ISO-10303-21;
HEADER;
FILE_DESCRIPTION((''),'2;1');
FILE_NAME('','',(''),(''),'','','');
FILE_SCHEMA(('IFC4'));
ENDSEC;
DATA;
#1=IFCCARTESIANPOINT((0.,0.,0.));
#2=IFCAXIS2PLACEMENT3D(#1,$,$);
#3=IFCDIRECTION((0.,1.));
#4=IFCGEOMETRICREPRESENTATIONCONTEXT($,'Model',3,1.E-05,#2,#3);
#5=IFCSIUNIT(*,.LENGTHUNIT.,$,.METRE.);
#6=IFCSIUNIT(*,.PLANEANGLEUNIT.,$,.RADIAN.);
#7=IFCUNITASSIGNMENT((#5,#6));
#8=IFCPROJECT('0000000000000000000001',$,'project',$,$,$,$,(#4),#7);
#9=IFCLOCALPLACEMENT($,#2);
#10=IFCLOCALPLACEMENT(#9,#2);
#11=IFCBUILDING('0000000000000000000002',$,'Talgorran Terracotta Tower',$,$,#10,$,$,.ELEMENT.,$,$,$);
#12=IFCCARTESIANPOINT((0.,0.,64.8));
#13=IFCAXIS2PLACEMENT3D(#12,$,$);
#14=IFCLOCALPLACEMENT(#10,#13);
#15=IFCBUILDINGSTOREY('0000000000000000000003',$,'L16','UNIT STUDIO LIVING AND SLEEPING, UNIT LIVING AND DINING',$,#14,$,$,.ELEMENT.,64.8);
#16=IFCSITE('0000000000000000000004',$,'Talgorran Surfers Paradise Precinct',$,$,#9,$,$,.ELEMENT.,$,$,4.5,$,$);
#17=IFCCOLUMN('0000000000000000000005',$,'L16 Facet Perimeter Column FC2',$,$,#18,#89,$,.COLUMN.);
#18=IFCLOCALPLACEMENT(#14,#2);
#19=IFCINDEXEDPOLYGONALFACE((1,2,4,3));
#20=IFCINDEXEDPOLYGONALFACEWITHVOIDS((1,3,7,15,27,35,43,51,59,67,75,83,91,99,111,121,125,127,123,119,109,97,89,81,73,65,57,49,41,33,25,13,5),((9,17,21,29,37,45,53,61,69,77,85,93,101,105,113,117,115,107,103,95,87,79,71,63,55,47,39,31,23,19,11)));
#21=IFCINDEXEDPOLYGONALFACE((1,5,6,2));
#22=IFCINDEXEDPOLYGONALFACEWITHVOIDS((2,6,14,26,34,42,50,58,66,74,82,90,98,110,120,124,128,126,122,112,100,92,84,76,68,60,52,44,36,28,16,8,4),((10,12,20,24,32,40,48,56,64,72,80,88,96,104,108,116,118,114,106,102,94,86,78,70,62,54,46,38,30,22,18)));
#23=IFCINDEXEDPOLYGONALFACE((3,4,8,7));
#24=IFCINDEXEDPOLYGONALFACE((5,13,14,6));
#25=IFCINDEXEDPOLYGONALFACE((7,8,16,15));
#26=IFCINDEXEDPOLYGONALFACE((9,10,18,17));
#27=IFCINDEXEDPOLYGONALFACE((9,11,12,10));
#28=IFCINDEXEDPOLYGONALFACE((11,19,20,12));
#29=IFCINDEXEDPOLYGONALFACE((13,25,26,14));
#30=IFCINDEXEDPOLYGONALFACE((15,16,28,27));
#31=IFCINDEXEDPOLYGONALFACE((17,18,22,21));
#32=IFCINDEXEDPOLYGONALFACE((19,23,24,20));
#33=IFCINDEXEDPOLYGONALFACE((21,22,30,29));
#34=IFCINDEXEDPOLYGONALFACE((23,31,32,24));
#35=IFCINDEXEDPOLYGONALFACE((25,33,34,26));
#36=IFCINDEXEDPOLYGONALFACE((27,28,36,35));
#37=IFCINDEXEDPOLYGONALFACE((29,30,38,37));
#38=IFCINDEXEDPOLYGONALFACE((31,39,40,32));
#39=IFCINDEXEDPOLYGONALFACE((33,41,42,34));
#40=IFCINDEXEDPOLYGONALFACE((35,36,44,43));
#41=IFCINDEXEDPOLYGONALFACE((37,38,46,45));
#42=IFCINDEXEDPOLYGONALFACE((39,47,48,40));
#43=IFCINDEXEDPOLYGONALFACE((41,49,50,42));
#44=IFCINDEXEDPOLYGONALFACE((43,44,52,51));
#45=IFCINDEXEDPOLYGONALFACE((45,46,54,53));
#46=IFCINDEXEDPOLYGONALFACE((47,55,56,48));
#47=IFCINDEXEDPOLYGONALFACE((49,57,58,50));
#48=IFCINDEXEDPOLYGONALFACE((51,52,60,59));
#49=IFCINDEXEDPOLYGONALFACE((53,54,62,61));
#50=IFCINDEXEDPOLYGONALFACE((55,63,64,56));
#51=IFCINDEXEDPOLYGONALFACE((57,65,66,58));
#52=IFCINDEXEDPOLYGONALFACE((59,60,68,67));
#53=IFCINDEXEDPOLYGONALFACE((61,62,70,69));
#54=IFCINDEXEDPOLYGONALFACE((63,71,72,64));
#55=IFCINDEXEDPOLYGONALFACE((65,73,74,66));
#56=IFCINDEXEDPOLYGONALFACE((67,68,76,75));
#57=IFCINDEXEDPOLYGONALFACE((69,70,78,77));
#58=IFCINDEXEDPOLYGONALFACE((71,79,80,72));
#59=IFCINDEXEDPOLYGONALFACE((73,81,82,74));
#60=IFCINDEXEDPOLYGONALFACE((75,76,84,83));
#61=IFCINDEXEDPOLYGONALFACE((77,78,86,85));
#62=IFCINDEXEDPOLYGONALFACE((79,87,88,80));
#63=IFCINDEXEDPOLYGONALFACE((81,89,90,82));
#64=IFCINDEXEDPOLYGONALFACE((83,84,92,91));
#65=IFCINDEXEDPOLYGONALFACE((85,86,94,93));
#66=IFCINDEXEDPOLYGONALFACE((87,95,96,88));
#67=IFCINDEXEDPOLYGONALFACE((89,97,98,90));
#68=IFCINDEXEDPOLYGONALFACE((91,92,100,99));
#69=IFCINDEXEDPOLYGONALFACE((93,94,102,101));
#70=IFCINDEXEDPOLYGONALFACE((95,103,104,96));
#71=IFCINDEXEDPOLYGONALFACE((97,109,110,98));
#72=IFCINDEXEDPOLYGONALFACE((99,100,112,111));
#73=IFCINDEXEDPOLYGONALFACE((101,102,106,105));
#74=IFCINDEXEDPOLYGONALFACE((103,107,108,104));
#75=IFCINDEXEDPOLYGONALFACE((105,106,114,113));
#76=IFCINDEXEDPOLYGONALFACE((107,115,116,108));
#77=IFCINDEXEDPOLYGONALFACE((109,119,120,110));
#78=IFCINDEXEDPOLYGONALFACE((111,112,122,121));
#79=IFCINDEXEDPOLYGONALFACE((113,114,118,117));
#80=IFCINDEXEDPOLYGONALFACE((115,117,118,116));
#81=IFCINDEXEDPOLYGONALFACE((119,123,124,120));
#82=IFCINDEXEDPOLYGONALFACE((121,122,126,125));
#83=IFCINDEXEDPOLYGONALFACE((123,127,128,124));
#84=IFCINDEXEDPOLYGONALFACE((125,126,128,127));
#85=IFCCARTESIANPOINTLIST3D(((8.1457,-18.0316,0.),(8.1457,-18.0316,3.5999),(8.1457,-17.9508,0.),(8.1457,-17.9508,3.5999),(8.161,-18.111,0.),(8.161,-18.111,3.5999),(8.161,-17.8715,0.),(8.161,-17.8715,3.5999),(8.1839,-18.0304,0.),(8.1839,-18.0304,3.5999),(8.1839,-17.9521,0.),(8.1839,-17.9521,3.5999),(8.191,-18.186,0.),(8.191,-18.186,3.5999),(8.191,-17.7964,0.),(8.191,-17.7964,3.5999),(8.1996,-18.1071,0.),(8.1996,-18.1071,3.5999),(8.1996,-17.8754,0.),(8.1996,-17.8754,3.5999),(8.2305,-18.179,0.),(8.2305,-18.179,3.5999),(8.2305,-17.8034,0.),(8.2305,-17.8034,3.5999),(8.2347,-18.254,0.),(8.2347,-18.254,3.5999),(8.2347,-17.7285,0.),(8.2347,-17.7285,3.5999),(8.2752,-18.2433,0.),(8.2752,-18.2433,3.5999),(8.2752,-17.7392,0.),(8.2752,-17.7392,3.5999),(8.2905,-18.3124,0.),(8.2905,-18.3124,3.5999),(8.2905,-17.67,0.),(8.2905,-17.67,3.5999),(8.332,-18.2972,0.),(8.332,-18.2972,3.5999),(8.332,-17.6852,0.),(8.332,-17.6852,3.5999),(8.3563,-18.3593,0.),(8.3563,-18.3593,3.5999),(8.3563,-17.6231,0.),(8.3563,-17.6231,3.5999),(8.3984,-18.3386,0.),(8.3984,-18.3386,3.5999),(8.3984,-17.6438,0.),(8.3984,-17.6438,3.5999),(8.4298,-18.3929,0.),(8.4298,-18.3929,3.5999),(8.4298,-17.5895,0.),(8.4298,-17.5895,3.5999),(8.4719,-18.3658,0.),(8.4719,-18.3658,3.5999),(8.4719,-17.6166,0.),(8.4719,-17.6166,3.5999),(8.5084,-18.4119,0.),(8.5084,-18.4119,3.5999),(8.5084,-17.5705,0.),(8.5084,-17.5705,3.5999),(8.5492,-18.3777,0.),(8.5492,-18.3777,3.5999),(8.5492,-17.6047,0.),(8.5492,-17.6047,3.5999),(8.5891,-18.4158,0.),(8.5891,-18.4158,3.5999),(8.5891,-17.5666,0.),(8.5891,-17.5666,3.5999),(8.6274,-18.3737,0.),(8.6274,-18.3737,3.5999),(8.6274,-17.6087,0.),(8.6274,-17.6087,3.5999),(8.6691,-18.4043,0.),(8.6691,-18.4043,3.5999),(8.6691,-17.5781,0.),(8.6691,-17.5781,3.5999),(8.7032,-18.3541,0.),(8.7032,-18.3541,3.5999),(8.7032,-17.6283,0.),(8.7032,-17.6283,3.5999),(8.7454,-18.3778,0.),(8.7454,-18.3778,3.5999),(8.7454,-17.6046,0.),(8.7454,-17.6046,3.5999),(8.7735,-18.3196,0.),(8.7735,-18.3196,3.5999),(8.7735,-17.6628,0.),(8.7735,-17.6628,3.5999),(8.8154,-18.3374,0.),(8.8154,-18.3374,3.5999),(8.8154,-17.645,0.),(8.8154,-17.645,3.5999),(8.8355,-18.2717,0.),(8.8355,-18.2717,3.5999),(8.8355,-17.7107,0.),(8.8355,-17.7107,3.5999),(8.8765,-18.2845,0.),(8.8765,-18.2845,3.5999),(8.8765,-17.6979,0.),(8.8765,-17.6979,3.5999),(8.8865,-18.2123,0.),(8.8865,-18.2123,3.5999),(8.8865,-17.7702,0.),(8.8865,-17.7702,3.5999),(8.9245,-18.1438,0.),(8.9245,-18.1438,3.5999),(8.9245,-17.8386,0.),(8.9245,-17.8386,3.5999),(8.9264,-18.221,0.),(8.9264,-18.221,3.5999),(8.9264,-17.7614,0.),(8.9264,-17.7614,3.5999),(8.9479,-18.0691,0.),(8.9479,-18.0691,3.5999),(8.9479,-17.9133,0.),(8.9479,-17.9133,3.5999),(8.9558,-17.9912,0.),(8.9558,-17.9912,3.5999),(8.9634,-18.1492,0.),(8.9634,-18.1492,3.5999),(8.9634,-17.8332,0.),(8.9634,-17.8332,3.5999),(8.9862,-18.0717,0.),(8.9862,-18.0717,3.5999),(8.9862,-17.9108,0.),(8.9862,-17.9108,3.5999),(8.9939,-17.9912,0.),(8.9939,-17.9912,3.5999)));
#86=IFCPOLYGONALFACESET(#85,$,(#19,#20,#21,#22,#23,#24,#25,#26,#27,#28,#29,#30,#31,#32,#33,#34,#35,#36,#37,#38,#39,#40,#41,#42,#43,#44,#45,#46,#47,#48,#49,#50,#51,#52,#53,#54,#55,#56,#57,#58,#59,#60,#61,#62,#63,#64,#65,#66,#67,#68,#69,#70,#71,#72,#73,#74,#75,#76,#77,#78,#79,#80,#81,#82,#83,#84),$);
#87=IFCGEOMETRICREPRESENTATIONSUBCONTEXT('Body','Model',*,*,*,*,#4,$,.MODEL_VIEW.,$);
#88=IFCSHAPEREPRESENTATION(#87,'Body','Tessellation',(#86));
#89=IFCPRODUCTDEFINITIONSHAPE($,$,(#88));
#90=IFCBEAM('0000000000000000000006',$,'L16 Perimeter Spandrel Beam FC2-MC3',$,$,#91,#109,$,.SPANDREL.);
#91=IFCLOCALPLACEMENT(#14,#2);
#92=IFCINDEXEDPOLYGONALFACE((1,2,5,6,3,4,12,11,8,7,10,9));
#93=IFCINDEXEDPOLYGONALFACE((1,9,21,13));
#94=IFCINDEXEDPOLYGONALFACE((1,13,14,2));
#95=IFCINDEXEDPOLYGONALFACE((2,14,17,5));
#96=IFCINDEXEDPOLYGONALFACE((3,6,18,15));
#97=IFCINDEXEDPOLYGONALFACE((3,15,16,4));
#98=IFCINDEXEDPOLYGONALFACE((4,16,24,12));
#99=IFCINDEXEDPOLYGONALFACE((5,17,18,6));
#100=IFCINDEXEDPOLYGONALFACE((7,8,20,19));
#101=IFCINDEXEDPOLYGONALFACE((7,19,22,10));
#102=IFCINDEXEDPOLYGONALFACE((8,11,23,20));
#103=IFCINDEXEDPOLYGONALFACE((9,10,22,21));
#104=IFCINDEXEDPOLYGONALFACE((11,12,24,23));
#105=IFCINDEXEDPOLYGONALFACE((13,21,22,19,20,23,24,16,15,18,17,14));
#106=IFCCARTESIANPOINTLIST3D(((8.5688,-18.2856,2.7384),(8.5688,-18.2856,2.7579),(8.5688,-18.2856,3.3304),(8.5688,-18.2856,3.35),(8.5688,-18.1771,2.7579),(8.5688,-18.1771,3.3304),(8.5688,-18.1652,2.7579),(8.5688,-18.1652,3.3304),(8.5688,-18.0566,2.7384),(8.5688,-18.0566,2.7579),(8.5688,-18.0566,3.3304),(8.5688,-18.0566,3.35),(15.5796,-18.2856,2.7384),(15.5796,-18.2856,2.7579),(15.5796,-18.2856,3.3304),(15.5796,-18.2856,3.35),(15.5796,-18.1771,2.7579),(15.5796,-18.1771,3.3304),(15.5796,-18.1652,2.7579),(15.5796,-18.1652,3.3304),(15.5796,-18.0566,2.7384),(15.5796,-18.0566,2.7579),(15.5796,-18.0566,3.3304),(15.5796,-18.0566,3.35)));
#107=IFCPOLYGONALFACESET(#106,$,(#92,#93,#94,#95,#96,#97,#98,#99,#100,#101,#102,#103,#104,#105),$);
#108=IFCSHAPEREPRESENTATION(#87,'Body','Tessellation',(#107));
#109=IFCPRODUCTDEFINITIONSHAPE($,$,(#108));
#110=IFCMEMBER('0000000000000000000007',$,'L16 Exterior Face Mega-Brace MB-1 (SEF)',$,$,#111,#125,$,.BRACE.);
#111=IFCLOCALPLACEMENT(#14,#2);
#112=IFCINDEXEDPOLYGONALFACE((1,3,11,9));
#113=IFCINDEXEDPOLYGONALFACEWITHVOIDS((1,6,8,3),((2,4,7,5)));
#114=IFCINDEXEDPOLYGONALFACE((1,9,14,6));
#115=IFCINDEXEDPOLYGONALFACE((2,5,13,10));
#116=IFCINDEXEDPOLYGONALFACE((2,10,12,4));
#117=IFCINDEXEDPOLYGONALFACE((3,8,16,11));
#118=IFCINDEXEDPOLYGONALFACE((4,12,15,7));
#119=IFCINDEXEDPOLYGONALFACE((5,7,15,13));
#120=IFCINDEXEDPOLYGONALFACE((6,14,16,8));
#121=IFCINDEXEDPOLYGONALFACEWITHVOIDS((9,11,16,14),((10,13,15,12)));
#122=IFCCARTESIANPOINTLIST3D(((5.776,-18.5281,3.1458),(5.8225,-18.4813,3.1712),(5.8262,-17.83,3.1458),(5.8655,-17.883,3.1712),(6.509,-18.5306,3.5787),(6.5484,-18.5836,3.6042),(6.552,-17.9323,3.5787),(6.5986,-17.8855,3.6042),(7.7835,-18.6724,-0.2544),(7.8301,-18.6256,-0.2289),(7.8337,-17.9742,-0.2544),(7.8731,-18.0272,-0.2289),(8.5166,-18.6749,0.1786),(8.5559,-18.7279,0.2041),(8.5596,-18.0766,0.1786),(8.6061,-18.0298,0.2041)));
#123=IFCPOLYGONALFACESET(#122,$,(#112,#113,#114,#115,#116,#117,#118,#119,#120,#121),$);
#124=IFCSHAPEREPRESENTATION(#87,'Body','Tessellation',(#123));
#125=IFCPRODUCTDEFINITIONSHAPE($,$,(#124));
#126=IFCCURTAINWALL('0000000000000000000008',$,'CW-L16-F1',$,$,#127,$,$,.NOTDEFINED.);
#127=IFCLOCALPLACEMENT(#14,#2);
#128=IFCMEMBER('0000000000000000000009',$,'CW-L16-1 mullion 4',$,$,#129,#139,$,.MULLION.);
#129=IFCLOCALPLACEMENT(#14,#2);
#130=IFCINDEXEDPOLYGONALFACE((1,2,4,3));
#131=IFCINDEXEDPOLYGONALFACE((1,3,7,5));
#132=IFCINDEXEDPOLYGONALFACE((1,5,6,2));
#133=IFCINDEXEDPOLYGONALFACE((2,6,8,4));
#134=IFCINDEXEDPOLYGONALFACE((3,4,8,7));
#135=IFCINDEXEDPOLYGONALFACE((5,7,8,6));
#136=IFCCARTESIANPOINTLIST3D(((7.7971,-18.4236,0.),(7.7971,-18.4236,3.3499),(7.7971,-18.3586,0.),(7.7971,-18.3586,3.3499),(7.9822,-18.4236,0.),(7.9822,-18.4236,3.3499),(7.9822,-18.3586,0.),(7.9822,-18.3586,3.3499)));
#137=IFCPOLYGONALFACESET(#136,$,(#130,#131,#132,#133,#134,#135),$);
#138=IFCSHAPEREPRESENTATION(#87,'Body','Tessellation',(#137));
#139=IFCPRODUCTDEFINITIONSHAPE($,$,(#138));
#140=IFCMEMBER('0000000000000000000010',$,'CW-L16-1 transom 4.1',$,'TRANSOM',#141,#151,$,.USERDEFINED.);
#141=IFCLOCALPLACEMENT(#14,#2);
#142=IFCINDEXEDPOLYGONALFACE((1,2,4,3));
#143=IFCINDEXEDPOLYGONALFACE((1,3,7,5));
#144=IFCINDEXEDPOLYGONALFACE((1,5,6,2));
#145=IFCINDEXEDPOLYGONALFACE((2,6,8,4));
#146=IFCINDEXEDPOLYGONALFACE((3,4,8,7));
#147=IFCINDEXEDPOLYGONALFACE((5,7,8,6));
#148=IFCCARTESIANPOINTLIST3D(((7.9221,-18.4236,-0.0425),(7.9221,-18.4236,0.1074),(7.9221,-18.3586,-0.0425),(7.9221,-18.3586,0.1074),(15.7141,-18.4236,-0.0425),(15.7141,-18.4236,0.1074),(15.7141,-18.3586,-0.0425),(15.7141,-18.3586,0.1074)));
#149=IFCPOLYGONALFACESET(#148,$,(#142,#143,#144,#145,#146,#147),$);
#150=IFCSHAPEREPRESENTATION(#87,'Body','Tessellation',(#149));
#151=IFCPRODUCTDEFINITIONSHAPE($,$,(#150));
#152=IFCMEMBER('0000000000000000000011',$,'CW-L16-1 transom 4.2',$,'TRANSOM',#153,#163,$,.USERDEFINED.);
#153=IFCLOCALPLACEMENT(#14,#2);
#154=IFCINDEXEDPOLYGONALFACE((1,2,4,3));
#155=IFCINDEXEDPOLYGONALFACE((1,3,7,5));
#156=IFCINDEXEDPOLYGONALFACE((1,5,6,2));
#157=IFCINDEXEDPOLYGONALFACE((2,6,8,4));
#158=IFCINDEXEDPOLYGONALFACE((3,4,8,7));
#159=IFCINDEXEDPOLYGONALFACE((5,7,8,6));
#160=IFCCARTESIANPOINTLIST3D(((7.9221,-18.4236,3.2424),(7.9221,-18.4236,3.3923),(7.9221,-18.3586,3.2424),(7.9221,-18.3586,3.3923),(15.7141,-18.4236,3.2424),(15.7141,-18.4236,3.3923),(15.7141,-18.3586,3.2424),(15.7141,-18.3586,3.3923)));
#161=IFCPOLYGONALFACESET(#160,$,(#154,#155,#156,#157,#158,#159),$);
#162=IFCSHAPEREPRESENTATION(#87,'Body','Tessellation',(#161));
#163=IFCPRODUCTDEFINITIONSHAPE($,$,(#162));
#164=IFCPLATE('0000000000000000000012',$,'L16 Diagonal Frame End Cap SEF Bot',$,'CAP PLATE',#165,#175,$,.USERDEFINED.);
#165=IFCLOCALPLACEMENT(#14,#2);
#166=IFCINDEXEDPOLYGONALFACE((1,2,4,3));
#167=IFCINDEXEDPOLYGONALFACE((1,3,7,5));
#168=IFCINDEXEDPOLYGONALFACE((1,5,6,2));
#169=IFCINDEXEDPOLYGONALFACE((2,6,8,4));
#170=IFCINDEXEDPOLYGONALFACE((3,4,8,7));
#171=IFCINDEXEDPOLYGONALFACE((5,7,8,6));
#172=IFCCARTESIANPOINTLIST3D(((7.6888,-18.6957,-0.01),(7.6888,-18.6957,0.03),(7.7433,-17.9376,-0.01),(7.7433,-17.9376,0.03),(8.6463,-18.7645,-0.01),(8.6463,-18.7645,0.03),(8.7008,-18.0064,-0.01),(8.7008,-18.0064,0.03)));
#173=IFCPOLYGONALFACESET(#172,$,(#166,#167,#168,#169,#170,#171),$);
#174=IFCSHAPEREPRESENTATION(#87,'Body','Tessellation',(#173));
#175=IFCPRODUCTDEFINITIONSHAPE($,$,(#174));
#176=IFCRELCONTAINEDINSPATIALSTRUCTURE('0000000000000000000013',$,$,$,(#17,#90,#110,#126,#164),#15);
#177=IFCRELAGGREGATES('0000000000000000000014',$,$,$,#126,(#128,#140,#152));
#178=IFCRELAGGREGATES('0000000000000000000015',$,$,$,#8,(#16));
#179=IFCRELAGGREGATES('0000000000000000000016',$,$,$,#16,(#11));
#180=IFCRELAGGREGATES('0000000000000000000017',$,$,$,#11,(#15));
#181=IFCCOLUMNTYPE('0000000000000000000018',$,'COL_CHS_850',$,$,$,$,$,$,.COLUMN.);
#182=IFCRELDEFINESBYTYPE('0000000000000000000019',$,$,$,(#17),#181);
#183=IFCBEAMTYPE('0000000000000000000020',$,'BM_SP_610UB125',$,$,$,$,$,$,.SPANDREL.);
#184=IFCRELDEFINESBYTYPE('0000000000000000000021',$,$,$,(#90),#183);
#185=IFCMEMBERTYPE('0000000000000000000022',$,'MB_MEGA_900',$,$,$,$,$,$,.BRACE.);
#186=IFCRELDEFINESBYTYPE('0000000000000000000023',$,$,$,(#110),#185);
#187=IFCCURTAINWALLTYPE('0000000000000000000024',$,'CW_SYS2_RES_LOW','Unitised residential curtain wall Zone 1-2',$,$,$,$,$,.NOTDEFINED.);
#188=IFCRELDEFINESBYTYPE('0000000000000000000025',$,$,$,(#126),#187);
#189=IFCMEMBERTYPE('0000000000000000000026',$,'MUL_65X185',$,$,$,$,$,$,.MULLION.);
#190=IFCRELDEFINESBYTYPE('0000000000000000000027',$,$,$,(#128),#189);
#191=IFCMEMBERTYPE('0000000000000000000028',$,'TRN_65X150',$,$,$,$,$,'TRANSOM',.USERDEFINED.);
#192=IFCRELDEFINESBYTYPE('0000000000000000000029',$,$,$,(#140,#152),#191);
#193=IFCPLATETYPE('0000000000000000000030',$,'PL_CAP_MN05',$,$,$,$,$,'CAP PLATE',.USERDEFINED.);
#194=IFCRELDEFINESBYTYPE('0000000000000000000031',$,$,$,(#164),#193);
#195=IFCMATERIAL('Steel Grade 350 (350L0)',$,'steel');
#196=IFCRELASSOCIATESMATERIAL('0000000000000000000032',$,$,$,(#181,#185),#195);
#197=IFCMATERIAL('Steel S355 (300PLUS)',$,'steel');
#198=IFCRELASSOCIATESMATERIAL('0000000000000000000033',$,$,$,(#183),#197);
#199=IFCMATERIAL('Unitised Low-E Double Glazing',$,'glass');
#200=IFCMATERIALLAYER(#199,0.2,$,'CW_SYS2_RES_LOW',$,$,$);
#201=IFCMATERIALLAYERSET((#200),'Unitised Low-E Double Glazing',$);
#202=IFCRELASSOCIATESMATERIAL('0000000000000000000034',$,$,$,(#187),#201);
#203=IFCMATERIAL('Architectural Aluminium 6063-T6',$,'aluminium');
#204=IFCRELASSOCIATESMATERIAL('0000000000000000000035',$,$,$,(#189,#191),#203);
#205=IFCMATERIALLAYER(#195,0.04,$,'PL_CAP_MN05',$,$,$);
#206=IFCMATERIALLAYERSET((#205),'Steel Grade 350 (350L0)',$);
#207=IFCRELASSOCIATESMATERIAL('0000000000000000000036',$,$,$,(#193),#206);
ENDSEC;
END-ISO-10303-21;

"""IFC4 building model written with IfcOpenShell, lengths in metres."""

from ifc_helpers import new_model, si_unit, direction, frame, origin, origin_2d, place, context, subcontext, project, spatial, rectangle, hollow_rectangle, hollow_circle, i_section, extrude, material, layer, layer_set, material_profile, profile_set, type_object, element, aggregate, save


model = new_model("IFC4")

# Units and contexts
model_context = context("Model", 3, precision=1e-05, world=origin(), true_north=direction((0.0, 1.0)))
body_context = subcontext(model_context, "Body", "Model", "MODEL_VIEW")
ifc_project = project(units=[si_unit("LENGTHUNIT", "METRE"), si_unit("PLANEANGLEUNIT", "RADIAN")], contexts=[model_context])

# Site, building, storey
site_placement = place(None, origin())
site = spatial("IfcSite", under=ifc_project, at=site_placement, Name="Talgorran Surfers Paradise Precinct", CompositionType="ELEMENT", RefElevation=4.5)
building_placement = place(site_placement, origin())
building = spatial("IfcBuilding", under=site, at=building_placement, Name="Talgorran Terracotta Tower", CompositionType="ELEMENT")
storey_placement = place(building_placement, frame((0.0, 0.0, 64.8)))
storey = spatial("IfcBuildingStorey", under=building, at=storey_placement, Name="L16", Description="UNIT STUDIO LIVING AND SLEEPING, UNIT LIVING AND DINING", CompositionType="ELEMENT", Elevation=64.8)

# Column
ifc_material_1 = material(Name="Steel Grade 350 (350L0)", Category="steel")
ifc_material_profile_1 = material_profile(ifc_material_1, hollow_circle(Radius=0.425, WallThickness=0.0381, at=origin_2d()), Name="CHS850X38")
ifc_profile_set_1 = profile_set([ifc_material_profile_1], Name="Steel Grade 350 (350L0)")
column_type = type_object("IfcColumnType", Name="COL_CHS_850", PredefinedType="COLUMN", material=ifc_profile_set_1)
column_placement = place(storey_placement, frame((8.5688, -17.9912, 0.0), z_axis=(0.0, 0.0, 1.0), x_axis=(1.0, 0.0, 0.0)))
element("IfcColumn", 1, at=column_placement, inside=storey, type_object=column_type, Name="L16 Facet Perimeter Column FC2", PredefinedType="COLUMN", context=body_context, shape_type="SweptSolid", body=[
    extrude(hollow_circle(Radius=0.425, WallThickness=0.0381, at=origin_2d()), origin(), (0.0, 0.0, 1.0), 3.5999),
])

# Beam
ifc_material_2 = material(Name="Steel S355 (300PLUS)", Category="steel")
ifc_material_profile_2 = material_profile(ifc_material_2, i_section(OverallWidth=0.229, OverallDepth=0.6116, WebThickness=0.012, FlangeThickness=0.0195, at=origin_2d()), Name="610UB125")
ifc_profile_set_2 = profile_set([ifc_material_profile_2], Name="Steel S355 (300PLUS)")
beam_type = type_object("IfcBeamType", Name="BM_SP_610UB125", PredefinedType="SPANDREL", material=ifc_profile_set_2)
beam_placement = place(storey_placement, frame((8.5688, -18.1711, 3.0442), z_axis=(1.0, 0.0, 0.0), x_axis=(0.0, 1.0, 0.0)))
element("IfcBeam", 2, at=beam_placement, inside=storey, type_object=beam_type, Name="L16 Perimeter Spandrel Beam FC2-MC3", PredefinedType="SPANDREL", context=body_context, shape_type="SweptSolid", body=[
    extrude(i_section(OverallWidth=0.229, OverallDepth=0.6116, WebThickness=0.012, FlangeThickness=0.0195, at=origin_2d()), origin(), (0.0, 0.0, 1.0), 7.0107),
])

# Member
ifc_material_profile_3 = material_profile(ifc_material_1, hollow_rectangle(XDim=0.7, YDim=0.8999, WallThickness=0.05, at=origin_2d()), Name="WBOX900X700X50")
ifc_profile_set_3 = profile_set([ifc_material_profile_3], Name="Steel Grade 350 (350L0)")
member_type_1 = type_object("IfcMemberType", Name="MB_MEGA_900", PredefinedType="BRACE", material=ifc_profile_set_3)
member_1_placement = place(storey_placement, frame((8.1948, -18.3511, -0.0251), z_axis=(-0.508088, 0.036517, 0.860531), x_axis=(-0.071687, -0.997427, 0.0)))
element("IfcMember", 3, at=member_1_placement, inside=storey, type_object=member_type_1, Name="L16 Exterior Face Mega-Brace MB-1 (SEF)", PredefinedType="BRACE", context=body_context, shape_type="SweptSolid", body=[
    extrude(hollow_rectangle(XDim=0.7, YDim=0.8999, WallThickness=0.05, at=origin_2d()), origin(), (0.0, 0.0, 1.0), 3.9512),
])

# Curtain wall, members
ifc_material_3 = material(Name="Unitised Low-E Double Glazing", Category="glass")
ifc_layer_1 = layer(ifc_material_3, 0.2, Name="CW_SYS2_RES_LOW")
ifc_layer_set_1 = layer_set([ifc_layer_1], Name="Unitised Low-E Double Glazing")
curtain_wall_type = type_object("IfcCurtainWallType", Name="CW_SYS2_RES_LOW", Description="Unitised residential curtain wall Zone 1-2", PredefinedType="NOTDEFINED", material=ifc_layer_set_1)
curtain_wall_placement = place(storey_placement, origin())
curtain_wall = element("IfcCurtainWall", 4, at=curtain_wall_placement, inside=storey, type_object=curtain_wall_type, Name="CW-L16-F1", PredefinedType="NOTDEFINED")
ifc_material_4 = material(Name="Architectural Aluminium 6063-T6", Category="aluminium")
ifc_material_profile_4 = material_profile(ifc_material_4, rectangle(XDim=0.0649, YDim=0.1851, at=origin_2d()), Name="CWM65X185")
ifc_profile_set_4 = profile_set([ifc_material_profile_4], Name="Architectural Aluminium 6063-T6")
member_type_2 = type_object("IfcMemberType", Name="MUL_65X185", PredefinedType="MULLION", material=ifc_profile_set_4)
member_2_placement = place(storey_placement, frame((7.8896, -18.3911, 0.0), z_axis=(0.0, 0.0, 1.0), x_axis=(0.0, 1.0, 0.0)))
member_2 = element("IfcMember", 5, at=member_2_placement, type_object=member_type_2, Name="CW-L16-1 mullion 4", PredefinedType="MULLION", context=body_context, shape_type="SweptSolid", body=[
    extrude(rectangle(XDim=0.0649, YDim=0.1851, at=origin_2d()), origin(), (0.0, 0.0, 1.0), 3.3499),
])
ifc_material_profile_5 = material_profile(ifc_material_4, rectangle(XDim=0.0649, YDim=0.1499, at=origin_2d()), Name="CWT65X150")
ifc_profile_set_5 = profile_set([ifc_material_profile_5], Name="Architectural Aluminium 6063-T6")
member_type_3 = type_object("IfcMemberType", Name="TRN_65X150", ElementType="TRANSOM", PredefinedType="USERDEFINED", material=ifc_profile_set_5)
member_3_placement = place(storey_placement, frame((7.9221, -18.3911, 0.0325), z_axis=(1.0, 0.0, 0.0), x_axis=(0.0, 1.0, 0.0)))
member_3 = element("IfcMember", 6, at=member_3_placement, type_object=member_type_3, Name="CW-L16-1 transom 4.1", ObjectType="TRANSOM", PredefinedType="USERDEFINED", context=body_context, shape_type="SweptSolid", body=[
    extrude(rectangle(XDim=0.0649, YDim=0.1499, at=origin_2d()), origin(), (0.0, 0.0, 1.0), 7.792),
])
member_4_placement = place(storey_placement, frame((7.9221, -18.3911, 3.3174), z_axis=(1.0, 0.0, 0.0), x_axis=(0.0, 1.0, 0.0)))
member_4 = element("IfcMember", 7, at=member_4_placement, type_object=member_type_3, Name="CW-L16-1 transom 4.2", ObjectType="TRANSOM", PredefinedType="USERDEFINED", context=body_context, shape_type="SweptSolid", body=[
    extrude(rectangle(XDim=0.0649, YDim=0.1499, at=origin_2d()), origin(), (0.0, 0.0, 1.0), 7.792),
])

# Plate
ifc_layer_2 = layer(ifc_material_1, 0.04, Name="PL_CAP_MN05")
ifc_layer_set_2 = layer_set([ifc_layer_2], Name="Steel Grade 350 (350L0)")
plate_type_1 = type_object("IfcPlateType", Name="PL_CAP_MN05", ElementType="CAP PLATE", PredefinedType="USERDEFINED", material=ifc_layer_set_2)
plate_1_placement = place(storey_placement, frame((8.1948, -18.3511, -0.01), z_axis=(0.0, 0.0, 1.0), x_axis=(-0.997428, 0.071672, 0.0)))
element("IfcPlate", 8, at=plate_1_placement, inside=storey, type_object=plate_type_1, Name="L16 Diagonal Frame End Cap SEF Bot", ObjectType="CAP PLATE", PredefinedType="USERDEFINED", context=body_context, shape_type="SweptSolid", body=[
    extrude(rectangle(XDim=0.96, YDim=0.76, at=origin_2d()), origin(), (0.0, 0.0, 1.0), 0.04),
])

aggregate(curtain_wall, [member_2, member_3, member_4])

save(model, "model.ifc")
